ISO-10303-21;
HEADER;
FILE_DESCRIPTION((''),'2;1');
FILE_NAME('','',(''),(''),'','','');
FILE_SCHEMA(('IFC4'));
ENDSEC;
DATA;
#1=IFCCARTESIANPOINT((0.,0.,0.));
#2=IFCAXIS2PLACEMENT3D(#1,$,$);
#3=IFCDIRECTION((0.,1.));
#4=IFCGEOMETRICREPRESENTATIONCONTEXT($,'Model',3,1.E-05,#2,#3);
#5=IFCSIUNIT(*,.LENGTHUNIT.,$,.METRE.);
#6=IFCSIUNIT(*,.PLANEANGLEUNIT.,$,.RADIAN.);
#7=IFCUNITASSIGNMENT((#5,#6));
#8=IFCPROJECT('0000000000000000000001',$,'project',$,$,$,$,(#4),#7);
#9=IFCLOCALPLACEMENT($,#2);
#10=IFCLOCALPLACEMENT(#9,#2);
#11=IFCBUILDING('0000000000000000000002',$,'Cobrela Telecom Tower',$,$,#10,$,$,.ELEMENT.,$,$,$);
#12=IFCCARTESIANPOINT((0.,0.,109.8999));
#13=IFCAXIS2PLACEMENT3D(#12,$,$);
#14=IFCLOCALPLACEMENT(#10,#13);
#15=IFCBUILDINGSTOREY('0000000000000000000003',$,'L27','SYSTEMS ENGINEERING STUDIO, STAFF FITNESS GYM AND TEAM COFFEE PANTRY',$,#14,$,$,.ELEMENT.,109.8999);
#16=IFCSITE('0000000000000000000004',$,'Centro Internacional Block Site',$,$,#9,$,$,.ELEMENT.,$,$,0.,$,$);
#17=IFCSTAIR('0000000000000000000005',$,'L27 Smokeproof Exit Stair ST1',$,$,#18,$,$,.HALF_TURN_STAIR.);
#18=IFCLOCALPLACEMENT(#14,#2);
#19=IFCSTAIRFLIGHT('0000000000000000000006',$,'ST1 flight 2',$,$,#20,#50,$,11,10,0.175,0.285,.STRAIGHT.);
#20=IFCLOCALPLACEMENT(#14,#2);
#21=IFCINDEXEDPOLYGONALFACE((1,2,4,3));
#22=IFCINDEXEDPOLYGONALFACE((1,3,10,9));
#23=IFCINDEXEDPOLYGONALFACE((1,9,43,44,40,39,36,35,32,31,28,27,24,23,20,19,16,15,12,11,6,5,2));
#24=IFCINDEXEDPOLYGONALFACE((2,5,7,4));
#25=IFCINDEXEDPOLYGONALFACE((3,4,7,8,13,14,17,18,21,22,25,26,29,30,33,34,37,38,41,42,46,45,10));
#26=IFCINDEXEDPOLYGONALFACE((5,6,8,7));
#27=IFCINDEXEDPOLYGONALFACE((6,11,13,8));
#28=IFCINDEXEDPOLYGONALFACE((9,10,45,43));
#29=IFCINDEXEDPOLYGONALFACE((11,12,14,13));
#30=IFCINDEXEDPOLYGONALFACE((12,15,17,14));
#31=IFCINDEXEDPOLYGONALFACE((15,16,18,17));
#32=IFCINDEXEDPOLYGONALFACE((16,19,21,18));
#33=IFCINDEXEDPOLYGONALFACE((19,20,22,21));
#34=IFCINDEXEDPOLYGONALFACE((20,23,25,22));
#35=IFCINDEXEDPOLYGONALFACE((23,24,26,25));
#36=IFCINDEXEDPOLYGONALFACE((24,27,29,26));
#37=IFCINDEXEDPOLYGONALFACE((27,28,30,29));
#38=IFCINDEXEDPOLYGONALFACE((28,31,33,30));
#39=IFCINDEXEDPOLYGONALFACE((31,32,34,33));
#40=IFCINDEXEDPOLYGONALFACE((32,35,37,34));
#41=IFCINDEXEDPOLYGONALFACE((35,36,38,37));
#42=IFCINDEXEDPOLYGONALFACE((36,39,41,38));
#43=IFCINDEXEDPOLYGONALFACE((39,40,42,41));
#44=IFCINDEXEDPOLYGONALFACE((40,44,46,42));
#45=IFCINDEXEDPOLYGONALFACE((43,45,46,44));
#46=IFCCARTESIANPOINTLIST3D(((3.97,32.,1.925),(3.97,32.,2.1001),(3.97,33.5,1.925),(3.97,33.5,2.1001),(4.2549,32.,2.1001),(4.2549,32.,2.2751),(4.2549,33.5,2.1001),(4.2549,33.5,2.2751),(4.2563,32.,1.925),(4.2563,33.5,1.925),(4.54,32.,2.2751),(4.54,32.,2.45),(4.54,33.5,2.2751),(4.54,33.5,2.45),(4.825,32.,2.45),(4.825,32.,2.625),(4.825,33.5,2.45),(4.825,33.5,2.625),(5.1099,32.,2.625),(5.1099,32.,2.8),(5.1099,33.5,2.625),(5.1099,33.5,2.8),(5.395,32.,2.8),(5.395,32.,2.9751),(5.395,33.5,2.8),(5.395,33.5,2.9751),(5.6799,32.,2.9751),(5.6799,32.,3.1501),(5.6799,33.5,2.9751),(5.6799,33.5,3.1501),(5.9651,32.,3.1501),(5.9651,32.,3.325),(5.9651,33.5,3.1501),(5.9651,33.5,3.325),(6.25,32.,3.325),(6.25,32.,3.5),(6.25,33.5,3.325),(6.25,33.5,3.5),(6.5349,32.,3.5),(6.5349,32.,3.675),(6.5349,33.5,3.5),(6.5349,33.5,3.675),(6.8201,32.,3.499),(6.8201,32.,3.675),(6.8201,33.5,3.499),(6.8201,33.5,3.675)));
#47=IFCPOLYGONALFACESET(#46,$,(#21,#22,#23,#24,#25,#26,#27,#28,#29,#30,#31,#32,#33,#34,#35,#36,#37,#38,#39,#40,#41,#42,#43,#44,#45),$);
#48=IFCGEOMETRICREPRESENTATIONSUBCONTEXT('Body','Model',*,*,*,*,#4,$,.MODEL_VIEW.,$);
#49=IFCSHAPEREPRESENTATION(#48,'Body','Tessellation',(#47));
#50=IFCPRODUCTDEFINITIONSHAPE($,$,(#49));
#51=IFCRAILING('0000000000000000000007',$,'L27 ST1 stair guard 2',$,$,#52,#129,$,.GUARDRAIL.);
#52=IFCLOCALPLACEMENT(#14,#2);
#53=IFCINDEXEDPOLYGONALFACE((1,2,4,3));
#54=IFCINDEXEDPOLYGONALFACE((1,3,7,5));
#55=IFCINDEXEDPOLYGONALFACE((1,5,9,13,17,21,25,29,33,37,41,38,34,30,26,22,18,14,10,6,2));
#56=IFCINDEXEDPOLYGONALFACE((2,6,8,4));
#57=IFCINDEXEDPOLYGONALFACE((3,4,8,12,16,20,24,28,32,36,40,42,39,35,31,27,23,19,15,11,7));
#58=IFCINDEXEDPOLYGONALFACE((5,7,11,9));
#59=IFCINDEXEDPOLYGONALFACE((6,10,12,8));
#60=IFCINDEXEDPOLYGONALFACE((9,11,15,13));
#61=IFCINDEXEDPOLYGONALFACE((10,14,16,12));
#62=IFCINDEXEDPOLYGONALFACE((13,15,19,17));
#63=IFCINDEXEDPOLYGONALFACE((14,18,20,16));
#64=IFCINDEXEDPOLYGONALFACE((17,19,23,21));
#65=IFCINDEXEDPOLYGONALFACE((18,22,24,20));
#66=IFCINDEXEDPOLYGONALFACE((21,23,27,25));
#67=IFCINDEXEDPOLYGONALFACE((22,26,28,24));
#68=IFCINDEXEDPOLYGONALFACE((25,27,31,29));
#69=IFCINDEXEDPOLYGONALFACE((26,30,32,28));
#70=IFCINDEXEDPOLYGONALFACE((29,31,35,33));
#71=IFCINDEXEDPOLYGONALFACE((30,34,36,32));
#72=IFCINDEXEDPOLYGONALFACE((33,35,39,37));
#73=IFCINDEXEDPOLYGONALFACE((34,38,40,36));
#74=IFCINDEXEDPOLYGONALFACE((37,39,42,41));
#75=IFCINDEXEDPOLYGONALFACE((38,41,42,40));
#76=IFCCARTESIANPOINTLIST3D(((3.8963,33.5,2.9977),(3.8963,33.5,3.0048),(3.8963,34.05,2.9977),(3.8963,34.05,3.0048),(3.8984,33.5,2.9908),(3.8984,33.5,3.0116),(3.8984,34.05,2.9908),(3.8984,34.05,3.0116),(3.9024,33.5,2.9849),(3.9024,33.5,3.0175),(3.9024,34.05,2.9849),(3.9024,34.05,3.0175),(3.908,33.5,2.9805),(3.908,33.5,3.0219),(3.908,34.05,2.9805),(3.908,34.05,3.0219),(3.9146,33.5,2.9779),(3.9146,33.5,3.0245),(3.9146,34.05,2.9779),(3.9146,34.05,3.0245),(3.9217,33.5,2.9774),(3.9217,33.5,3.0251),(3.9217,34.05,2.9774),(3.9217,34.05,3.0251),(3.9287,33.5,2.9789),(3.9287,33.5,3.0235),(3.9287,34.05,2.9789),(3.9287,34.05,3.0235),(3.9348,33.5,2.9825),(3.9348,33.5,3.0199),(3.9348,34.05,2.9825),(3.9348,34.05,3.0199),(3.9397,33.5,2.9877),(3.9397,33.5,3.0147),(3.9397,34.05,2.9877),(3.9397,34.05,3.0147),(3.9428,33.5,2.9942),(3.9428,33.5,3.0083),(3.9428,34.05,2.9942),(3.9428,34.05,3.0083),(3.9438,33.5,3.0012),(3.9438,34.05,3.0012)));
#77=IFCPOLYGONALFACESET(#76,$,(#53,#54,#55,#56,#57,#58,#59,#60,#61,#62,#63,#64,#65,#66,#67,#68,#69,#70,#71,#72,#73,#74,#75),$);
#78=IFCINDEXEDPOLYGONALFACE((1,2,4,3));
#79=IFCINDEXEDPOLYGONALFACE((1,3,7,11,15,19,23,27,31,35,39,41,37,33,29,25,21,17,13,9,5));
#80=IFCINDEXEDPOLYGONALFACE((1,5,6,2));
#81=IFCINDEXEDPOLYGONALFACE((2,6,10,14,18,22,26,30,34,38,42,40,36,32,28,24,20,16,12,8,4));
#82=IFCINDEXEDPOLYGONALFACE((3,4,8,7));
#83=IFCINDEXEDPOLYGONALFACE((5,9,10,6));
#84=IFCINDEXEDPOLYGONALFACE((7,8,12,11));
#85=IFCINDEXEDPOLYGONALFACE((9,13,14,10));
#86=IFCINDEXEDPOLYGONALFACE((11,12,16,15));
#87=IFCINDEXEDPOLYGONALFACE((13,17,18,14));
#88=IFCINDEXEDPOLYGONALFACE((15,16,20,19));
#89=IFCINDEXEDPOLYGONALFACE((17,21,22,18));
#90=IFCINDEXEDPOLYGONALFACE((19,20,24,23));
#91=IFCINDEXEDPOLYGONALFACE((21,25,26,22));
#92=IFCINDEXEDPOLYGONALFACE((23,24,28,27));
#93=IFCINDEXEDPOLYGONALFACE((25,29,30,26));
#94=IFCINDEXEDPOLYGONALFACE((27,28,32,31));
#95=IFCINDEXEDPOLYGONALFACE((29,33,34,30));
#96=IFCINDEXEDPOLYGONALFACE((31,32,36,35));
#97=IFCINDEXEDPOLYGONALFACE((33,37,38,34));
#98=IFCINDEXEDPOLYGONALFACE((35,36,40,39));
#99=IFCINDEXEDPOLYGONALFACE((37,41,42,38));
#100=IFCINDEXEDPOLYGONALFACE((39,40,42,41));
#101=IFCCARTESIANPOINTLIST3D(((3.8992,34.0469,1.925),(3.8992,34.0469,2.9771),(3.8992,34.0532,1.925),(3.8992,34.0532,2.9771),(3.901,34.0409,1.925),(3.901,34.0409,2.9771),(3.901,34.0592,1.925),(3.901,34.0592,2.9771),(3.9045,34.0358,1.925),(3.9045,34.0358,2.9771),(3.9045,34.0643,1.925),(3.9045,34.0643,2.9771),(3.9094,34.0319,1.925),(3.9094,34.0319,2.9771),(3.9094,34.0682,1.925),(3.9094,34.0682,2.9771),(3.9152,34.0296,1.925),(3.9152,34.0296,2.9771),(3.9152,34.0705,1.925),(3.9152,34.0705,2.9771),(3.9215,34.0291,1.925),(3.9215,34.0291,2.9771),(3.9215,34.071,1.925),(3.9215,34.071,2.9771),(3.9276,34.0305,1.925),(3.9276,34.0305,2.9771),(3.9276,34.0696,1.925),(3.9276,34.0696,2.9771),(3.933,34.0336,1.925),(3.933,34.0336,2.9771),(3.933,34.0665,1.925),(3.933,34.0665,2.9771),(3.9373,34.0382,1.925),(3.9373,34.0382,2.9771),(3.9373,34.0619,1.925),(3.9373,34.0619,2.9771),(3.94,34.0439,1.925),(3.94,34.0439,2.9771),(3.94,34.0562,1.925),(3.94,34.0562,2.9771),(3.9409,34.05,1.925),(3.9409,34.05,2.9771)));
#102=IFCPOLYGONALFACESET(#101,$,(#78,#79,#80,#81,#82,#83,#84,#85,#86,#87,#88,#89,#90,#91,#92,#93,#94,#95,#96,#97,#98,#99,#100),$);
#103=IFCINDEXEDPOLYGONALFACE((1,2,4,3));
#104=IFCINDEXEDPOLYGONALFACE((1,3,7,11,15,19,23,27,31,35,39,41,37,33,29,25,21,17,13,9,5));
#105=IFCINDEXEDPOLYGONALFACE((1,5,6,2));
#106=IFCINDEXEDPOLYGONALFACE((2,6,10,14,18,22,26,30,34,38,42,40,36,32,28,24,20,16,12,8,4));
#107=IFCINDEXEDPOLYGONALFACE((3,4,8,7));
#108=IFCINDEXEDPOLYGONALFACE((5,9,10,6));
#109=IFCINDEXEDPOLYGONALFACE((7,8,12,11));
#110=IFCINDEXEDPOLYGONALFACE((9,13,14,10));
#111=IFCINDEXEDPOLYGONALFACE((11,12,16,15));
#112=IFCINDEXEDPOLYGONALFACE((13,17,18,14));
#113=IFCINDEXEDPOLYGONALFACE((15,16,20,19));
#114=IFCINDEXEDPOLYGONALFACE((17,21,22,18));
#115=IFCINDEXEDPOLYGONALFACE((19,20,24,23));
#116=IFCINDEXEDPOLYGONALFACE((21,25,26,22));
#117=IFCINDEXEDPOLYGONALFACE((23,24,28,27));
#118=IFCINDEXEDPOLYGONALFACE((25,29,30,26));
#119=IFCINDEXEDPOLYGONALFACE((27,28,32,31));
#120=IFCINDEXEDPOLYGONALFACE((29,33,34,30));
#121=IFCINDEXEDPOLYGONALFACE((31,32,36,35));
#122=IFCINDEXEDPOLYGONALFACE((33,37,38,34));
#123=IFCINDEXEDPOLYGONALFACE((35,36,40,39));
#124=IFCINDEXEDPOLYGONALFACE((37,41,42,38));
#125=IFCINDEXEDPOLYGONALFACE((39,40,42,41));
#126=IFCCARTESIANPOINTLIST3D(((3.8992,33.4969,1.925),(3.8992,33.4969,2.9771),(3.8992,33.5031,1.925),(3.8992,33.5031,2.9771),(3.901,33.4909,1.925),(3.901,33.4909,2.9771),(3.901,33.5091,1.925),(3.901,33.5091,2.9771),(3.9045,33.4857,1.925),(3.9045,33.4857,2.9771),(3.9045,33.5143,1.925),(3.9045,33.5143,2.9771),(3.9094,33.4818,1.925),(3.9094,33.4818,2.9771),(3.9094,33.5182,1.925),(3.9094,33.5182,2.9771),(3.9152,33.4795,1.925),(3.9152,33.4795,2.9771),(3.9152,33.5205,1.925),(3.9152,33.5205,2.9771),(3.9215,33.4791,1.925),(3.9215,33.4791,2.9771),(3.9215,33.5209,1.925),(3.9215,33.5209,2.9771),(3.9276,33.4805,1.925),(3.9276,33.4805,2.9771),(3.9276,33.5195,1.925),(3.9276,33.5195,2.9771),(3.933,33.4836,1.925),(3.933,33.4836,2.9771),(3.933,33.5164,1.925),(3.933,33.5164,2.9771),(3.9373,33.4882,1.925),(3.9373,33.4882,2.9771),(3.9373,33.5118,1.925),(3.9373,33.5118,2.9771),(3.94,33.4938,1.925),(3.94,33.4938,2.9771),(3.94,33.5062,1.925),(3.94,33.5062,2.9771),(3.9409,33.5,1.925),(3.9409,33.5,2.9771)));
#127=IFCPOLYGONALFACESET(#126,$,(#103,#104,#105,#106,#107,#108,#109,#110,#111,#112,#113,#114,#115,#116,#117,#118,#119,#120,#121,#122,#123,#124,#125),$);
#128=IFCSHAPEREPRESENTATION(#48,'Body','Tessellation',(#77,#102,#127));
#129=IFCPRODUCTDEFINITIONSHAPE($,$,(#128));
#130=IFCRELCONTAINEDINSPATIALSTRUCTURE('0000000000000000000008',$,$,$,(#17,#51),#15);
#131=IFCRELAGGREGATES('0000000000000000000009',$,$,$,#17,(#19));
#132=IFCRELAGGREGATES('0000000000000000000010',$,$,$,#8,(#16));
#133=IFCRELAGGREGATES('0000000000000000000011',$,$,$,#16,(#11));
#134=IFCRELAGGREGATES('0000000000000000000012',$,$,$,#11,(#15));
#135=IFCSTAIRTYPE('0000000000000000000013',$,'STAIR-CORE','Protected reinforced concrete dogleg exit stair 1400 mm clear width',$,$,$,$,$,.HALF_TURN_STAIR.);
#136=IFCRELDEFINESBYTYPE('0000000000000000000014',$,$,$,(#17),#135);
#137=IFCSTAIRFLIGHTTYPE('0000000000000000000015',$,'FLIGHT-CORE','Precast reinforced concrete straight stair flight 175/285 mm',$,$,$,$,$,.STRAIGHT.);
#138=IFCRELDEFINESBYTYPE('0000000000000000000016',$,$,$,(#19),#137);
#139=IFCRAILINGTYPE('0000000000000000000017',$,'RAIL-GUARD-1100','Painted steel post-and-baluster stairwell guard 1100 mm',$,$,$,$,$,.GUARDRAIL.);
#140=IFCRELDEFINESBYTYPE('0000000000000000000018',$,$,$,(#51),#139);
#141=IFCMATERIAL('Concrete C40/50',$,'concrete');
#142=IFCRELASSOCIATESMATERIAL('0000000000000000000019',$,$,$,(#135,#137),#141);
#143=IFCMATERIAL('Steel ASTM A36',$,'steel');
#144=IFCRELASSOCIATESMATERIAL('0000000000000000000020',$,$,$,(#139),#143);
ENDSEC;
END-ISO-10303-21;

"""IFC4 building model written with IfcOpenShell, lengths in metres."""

from ifc_helpers import new_model, si_unit, direction, frame, origin, origin_2d, place, context, subcontext, project, spatial, polyline, circle, outline, extrude, material, type_object, element, aggregate, save


model = new_model("IFC4")

# Units and contexts
model_context = context("Model", 3, precision=1e-05, world=origin(), true_north=direction((0.0, 1.0)))
body_context = subcontext(model_context, "Body", "Model", "MODEL_VIEW")
ifc_project = project(units=[si_unit("LENGTHUNIT", "METRE"), si_unit("PLANEANGLEUNIT", "RADIAN")], contexts=[model_context])

# Site, building, storey
site_placement = place(None, origin())
site = spatial("IfcSite", under=ifc_project, at=site_placement, Name="Centro Internacional Block Site", CompositionType="ELEMENT", RefElevation=0.0)
building_placement = place(site_placement, origin())
building = spatial("IfcBuilding", under=site, at=building_placement, Name="Cobrela Telecom Tower", CompositionType="ELEMENT")
storey_placement = place(building_placement, frame((0.0, 0.0, 109.8999)))
storey = spatial("IfcBuildingStorey", under=building, at=storey_placement, Name="L27", Description="SYSTEMS ENGINEERING STUDIO, STAFF FITNESS GYM AND TEAM COFFEE PANTRY", CompositionType="ELEMENT", Elevation=109.8999)

# Shared definitions
ifc_material_1 = material(Name="Steel ASTM A36", Category="steel")

# Shared definitions
ifc_material_2 = material(Name="Concrete C40/50", Category="concrete")

# Stair, stair flight
stair_type = type_object("IfcStairType", Name="STAIR-CORE", Description="Protected reinforced concrete dogleg exit stair 1400 mm clear width", PredefinedType="HALF_TURN_STAIR", material=ifc_material_2)
stair_placement = place(storey_placement, origin())
stair = element("IfcStair", 1, at=stair_placement, inside=storey, type_object=stair_type, Name="L27 Smokeproof Exit Stair ST1", PredefinedType="HALF_TURN_STAIR")
stair_flight_type = type_object("IfcStairFlightType", Name="FLIGHT-CORE", Description="Precast reinforced concrete straight stair flight 175/285 mm", PredefinedType="STRAIGHT", material=ifc_material_2)
stair_flight_placement = place(storey_placement, frame((3.97, 32.75, 1.925), z_axis=(0.0, 0.0, 1.0), x_axis=(1.0, 0.0, 0.0)))
stair_flight = element("IfcStairFlight", 2, at=stair_flight_placement, type_object=stair_flight_type, Name="ST1 flight 2", NumberOfRisers=11, NumberOfTreads=10, PredefinedType="STRAIGHT", RiserHeight=0.175, TreadLength=0.285, context=body_context, shape_type="SweptSolid", body=[
    extrude(outline(polyline([(0.0, 0.0), (0.0, 0.175), (0.2849, 0.175), (0.2849, 0.3501), (0.5701, 0.3501), (0.5701, 0.5249), (0.855, 0.5249), (0.855, 0.7), (1.1399, 0.7), (1.1399, 0.875), (1.425, 0.875), (1.425, 1.05), (1.71, 1.05), (1.71, 1.2251), (1.9951, 1.2251), (1.9951, 1.3999), (2.28, 1.3999), (2.28, 1.575), (2.5649, 1.575), (2.5649, 1.75), (2.8501, 1.75), (2.8501, 1.925), (2.8501, 1.574), (0.2864, 0.0), (0.0, 0.0)])), frame((0.0, 0.75, 0.0), z_axis=(0.0, -1.0, 0.0), x_axis=(1.0, 0.0, 0.0)), (0.0, 0.0, 1.0), 1.5),
])
aggregate(stair, [stair_flight])

# Railing
railing_type_1 = type_object("IfcRailingType", Name="RAIL-GUARD-1100", Description="Painted steel post-and-baluster stairwell guard 1100 mm", PredefinedType="GUARDRAIL", material=ifc_material_1)
railing_1_placement = place(storey_placement, frame((3.9199, 34.05, 1.925)))
element("IfcRailing", 3, at=railing_1_placement, inside=storey, type_object=railing_type_1, Name="L27 ST1 stair guard 2", PredefinedType="GUARDRAIL", context=body_context, shape_type="SweptSolid", body=[
    extrude(circle(Radius=0.0239, at=origin_2d()), frame((0.0, 0.0, 1.0762), z_axis=(0.0, -1.0, 0.0), x_axis=(1.0, 0.0, 0.0)), (0.0, 0.0, 1.0), 0.55),
    extrude(circle(Radius=0.021, at=origin_2d()), origin(), (0.0, 0.0, 1.0), 1.052),
    extrude(circle(Radius=0.021, at=origin_2d()), frame((0.0, -0.55, 0.0)), (0.0, 0.0, 1.0), 1.052),
])

save(model, "model.ifc")
